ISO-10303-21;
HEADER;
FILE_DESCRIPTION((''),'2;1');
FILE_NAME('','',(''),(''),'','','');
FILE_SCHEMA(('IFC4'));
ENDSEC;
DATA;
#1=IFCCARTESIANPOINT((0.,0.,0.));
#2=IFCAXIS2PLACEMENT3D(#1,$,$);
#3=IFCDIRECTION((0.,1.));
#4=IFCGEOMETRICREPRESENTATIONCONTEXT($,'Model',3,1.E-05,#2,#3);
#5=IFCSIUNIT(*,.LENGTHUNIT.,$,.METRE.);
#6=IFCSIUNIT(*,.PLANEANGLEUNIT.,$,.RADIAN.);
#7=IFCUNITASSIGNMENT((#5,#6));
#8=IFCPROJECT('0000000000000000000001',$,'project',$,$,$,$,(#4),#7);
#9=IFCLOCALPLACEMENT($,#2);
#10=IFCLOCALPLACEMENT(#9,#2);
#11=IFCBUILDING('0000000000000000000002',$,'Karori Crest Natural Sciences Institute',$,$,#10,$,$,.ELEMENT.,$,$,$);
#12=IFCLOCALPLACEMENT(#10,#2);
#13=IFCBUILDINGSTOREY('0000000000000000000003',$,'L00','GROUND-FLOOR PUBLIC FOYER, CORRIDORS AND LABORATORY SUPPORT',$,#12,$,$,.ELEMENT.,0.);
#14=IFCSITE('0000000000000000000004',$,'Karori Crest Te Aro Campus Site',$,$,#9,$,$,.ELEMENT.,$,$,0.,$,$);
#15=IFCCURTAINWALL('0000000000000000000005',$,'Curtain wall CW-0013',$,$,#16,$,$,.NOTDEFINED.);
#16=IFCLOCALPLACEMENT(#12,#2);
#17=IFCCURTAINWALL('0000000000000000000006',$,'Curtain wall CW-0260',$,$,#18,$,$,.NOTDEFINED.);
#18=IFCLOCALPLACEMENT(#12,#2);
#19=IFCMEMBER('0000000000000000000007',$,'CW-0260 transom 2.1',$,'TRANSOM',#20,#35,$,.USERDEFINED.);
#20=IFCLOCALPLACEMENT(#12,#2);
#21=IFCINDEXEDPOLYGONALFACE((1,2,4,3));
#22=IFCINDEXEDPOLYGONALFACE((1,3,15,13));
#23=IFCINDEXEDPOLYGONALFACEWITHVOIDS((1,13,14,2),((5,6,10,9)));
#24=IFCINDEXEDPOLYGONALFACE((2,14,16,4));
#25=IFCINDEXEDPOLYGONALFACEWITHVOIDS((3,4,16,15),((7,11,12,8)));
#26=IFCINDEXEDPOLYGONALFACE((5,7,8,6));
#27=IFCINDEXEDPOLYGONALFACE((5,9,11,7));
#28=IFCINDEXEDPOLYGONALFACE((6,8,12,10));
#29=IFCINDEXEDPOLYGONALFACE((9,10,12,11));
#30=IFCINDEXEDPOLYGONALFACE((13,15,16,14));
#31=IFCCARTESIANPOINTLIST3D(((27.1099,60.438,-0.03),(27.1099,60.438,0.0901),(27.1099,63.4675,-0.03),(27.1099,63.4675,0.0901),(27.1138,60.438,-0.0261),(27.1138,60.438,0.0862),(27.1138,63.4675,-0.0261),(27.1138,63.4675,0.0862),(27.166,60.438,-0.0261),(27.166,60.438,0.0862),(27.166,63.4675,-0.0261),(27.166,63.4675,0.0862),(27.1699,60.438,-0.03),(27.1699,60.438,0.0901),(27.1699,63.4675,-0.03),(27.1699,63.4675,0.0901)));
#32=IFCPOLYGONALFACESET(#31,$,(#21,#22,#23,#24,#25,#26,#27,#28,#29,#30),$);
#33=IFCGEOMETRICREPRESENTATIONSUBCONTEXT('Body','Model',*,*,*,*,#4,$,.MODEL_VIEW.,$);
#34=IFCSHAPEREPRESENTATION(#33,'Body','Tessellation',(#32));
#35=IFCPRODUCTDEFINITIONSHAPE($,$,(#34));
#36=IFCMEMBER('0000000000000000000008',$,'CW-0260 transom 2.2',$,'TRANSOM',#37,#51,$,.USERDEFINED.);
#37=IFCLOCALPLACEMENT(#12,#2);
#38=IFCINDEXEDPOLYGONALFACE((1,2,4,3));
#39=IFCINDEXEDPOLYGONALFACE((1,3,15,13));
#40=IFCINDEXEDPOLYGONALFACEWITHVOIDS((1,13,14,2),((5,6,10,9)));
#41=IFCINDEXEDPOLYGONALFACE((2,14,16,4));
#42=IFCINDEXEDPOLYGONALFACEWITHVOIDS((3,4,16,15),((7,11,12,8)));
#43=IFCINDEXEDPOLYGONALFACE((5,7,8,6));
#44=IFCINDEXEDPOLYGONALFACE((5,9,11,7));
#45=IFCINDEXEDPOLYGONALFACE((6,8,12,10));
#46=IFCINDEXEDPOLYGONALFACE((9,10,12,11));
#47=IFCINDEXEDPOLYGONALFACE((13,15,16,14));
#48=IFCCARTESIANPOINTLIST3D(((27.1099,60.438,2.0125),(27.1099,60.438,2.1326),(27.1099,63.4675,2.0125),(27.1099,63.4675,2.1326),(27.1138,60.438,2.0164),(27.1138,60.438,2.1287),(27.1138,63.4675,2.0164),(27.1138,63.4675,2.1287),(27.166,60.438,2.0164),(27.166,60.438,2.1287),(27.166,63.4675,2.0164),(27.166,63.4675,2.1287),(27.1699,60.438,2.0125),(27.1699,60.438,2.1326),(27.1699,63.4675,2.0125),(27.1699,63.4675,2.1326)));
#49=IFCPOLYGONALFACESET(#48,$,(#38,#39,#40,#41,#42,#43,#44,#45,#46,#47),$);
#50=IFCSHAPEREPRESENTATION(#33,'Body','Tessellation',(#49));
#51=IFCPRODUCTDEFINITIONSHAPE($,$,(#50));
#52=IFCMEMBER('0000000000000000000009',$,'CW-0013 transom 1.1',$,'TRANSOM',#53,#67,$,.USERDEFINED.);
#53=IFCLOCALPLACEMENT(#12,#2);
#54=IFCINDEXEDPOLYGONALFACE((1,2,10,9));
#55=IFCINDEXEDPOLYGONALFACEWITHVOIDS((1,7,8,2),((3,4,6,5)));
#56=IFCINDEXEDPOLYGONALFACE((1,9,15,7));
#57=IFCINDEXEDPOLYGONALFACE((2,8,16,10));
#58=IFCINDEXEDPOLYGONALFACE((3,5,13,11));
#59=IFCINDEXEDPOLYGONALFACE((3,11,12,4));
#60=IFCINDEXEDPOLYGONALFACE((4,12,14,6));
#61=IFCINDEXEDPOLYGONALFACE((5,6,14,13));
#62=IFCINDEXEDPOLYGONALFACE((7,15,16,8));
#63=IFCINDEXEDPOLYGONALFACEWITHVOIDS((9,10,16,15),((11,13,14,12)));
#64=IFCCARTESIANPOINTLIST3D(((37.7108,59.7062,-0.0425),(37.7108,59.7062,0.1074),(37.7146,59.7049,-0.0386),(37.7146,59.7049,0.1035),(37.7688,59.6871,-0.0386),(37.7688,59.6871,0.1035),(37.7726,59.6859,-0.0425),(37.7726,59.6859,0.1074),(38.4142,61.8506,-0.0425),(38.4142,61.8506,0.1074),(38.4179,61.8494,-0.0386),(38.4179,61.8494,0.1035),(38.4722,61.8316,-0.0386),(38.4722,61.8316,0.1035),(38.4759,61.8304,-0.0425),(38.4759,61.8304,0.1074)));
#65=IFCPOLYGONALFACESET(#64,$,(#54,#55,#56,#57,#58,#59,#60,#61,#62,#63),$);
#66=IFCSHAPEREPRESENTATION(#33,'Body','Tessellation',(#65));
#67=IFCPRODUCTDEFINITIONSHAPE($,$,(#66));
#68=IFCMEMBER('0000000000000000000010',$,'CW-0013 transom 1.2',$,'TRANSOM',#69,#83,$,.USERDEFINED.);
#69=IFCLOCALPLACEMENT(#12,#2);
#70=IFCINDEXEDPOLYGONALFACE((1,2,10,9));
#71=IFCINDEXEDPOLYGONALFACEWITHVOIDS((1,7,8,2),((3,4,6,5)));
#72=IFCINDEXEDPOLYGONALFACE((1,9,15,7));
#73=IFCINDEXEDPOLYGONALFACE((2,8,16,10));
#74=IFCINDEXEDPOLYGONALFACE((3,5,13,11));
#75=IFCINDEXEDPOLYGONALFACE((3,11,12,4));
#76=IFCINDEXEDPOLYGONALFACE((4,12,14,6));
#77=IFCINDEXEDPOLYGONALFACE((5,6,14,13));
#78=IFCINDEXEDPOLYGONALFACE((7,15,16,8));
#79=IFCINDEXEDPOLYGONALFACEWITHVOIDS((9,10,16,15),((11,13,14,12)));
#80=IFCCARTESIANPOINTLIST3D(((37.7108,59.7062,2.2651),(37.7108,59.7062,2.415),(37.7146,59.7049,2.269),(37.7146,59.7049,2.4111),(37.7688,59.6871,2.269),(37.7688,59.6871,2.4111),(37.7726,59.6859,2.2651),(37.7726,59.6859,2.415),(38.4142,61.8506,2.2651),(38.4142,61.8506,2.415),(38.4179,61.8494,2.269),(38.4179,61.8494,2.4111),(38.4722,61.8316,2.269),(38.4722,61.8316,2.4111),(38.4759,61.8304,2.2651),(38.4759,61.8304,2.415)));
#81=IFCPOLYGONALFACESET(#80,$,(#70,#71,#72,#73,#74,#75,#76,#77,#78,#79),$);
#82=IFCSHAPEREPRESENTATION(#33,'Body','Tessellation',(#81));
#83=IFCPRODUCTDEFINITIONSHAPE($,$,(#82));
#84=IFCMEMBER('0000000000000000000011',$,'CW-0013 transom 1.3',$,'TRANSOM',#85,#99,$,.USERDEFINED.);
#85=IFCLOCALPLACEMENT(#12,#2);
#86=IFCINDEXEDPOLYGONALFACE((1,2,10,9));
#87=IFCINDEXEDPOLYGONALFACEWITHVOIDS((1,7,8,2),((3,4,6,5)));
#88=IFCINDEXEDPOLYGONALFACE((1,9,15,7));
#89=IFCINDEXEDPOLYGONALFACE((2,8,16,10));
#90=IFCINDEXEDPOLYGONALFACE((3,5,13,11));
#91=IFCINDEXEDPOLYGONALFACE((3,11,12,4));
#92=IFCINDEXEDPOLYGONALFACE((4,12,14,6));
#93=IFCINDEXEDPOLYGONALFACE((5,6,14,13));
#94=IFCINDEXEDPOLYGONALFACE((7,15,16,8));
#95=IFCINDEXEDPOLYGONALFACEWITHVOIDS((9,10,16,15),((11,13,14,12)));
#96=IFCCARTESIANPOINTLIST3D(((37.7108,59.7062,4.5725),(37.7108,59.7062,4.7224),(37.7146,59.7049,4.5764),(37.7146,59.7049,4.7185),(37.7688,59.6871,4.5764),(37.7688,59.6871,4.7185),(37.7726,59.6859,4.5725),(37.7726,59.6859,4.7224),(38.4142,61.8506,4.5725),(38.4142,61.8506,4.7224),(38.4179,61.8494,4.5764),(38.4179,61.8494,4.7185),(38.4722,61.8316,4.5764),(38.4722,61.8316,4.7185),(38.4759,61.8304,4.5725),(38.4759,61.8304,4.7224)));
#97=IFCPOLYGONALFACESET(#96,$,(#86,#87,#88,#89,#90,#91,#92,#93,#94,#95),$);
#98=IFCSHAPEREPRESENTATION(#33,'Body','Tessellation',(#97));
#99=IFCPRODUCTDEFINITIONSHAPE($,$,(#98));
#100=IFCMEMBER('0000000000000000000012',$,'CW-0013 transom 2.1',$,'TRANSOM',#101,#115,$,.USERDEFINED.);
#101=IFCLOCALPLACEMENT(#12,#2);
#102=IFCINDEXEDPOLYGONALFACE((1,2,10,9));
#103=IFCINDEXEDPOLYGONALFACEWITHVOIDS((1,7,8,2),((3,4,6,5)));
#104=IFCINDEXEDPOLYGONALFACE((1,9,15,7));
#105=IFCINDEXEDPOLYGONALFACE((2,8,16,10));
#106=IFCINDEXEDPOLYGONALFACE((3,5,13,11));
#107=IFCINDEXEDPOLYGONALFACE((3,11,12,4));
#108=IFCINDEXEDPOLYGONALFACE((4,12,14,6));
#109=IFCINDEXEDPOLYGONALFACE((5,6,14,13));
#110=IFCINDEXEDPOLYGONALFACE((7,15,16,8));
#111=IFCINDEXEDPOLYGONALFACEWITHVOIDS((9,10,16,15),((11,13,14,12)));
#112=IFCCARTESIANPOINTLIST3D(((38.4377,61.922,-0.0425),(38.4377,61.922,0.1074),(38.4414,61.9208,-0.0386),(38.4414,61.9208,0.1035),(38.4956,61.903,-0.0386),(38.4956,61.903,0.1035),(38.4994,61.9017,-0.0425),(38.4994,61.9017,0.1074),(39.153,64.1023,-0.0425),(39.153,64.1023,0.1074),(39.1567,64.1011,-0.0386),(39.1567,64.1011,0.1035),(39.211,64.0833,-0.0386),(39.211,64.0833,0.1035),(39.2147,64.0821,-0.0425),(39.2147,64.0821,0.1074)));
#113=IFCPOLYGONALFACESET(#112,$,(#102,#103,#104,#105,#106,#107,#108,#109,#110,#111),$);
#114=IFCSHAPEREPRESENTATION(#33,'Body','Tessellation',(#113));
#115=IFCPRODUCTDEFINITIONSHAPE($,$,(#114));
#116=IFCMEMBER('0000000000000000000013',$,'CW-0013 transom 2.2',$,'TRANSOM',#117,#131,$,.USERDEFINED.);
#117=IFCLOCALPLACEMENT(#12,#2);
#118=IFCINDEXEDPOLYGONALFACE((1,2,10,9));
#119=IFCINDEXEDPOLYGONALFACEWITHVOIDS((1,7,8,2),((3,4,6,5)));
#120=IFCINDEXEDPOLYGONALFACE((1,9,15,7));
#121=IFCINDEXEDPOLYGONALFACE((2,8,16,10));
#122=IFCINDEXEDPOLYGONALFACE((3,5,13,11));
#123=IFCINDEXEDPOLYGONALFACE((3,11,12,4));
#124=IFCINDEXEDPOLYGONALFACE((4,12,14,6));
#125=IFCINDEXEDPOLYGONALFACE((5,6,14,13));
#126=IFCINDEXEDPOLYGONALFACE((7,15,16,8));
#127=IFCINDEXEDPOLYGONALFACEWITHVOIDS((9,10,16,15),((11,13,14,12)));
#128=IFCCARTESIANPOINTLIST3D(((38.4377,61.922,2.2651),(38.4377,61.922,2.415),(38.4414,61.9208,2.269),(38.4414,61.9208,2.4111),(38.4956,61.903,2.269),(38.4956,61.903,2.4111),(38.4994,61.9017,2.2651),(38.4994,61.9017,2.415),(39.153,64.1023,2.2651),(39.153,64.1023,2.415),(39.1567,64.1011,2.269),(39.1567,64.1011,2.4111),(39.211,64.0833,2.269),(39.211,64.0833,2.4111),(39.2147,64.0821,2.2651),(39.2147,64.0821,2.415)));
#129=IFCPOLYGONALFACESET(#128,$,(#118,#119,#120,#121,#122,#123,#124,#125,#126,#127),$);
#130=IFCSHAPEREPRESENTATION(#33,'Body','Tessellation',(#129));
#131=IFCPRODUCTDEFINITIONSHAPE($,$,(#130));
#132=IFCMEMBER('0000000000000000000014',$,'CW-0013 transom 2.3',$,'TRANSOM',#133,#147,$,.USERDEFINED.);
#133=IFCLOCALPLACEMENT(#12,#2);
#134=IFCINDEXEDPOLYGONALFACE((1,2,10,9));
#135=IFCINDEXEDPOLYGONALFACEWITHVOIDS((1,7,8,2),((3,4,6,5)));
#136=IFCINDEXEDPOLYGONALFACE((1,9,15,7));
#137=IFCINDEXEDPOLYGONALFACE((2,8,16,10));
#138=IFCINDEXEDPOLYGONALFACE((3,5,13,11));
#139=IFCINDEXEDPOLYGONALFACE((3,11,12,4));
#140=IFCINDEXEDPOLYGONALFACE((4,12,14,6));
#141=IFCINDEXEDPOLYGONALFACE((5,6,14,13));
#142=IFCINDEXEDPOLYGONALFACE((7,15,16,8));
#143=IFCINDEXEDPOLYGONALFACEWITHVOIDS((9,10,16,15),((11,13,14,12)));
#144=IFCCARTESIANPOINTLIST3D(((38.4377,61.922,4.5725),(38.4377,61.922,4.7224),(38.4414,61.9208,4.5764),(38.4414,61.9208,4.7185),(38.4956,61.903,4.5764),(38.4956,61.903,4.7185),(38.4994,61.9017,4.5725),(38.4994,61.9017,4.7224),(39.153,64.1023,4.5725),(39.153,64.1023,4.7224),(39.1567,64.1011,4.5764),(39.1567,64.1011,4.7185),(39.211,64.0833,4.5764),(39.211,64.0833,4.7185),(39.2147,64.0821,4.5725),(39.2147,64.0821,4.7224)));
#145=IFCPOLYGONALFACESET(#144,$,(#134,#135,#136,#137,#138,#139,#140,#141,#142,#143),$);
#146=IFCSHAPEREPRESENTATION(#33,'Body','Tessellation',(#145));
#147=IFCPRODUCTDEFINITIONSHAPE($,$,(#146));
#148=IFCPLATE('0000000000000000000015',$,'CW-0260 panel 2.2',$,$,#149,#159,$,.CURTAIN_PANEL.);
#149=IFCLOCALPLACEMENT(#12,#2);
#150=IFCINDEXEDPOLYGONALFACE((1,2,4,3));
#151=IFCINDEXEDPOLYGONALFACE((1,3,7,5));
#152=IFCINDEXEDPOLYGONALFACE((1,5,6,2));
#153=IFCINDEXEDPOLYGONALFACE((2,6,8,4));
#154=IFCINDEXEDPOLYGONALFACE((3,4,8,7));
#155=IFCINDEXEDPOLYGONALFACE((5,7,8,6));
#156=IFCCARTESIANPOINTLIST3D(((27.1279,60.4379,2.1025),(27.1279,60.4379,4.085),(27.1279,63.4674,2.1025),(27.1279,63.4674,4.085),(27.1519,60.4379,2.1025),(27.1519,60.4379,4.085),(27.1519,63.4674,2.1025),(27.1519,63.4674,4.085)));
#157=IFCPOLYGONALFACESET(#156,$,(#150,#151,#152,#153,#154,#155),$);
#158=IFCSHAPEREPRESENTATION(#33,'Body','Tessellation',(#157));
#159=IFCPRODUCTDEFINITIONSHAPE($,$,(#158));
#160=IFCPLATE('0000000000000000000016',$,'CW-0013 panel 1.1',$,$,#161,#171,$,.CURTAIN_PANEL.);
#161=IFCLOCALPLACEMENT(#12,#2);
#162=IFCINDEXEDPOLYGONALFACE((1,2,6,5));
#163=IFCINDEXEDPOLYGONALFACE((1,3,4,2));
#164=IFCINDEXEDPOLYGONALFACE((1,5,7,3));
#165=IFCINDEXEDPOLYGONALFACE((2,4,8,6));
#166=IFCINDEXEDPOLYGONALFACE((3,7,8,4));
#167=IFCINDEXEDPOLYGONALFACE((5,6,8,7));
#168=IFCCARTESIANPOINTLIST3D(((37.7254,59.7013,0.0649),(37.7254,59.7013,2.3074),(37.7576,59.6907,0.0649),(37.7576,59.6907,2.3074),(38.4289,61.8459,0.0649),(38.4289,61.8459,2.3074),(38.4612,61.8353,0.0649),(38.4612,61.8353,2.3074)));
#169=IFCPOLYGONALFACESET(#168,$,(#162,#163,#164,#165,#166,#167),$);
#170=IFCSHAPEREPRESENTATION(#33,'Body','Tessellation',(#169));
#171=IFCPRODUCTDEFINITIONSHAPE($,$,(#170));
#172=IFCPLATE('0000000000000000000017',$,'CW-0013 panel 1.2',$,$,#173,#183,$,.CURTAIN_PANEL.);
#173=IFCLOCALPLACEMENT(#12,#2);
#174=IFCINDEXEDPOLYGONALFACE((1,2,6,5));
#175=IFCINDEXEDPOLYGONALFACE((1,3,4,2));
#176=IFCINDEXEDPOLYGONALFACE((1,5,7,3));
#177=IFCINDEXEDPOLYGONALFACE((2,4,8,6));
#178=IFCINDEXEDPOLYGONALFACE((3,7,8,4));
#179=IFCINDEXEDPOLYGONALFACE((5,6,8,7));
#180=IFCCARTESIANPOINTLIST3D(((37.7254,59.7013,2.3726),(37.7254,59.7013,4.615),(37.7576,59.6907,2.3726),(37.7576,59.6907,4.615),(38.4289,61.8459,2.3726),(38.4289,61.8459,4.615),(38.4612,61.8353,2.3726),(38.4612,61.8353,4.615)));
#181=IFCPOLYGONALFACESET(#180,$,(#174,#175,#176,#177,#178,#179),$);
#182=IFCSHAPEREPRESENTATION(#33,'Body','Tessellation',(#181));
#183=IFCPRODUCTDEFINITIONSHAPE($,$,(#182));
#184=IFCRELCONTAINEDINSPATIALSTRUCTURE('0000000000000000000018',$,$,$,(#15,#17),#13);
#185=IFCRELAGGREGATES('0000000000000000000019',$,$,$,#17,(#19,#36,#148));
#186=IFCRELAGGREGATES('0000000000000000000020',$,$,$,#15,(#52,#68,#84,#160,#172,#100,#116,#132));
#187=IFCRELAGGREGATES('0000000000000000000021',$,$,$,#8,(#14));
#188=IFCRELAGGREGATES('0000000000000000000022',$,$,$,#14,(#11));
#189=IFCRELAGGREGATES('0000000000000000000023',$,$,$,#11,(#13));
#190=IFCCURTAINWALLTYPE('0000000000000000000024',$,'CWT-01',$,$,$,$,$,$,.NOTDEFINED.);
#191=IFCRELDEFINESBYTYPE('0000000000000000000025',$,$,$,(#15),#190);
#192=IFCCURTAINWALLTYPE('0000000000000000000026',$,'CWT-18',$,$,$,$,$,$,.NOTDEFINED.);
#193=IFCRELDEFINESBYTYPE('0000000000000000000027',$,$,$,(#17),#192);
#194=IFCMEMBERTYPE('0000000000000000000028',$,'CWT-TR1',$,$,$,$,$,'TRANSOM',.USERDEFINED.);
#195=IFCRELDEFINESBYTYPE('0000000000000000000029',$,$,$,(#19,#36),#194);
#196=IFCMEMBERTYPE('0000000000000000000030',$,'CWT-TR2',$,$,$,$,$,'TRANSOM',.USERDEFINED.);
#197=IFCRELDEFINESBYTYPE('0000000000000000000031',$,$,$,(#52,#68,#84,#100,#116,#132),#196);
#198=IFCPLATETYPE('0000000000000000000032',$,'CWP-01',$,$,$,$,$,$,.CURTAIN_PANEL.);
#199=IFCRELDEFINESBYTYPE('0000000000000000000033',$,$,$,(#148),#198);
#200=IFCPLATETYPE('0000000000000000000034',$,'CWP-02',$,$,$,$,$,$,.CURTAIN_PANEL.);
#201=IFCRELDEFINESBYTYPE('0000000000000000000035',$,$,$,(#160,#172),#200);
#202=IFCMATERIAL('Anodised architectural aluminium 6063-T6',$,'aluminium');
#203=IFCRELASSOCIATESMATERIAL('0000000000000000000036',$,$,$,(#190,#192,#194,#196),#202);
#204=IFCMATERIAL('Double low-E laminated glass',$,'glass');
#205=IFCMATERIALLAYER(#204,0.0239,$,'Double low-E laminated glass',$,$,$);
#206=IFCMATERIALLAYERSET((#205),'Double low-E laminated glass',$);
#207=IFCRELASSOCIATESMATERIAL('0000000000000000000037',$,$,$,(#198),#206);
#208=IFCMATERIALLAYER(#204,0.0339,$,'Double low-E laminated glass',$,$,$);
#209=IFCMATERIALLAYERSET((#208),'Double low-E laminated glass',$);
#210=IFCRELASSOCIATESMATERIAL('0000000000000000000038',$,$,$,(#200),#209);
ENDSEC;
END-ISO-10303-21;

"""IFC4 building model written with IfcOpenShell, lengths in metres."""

from ifc_helpers import new_model, si_unit, direction, frame, origin, origin_2d, place, context, subcontext, project, spatial, rectangle, hollow_rectangle, extrude, material, layer, layer_set, material_profile, profile_set, type_object, element, aggregate, save


model = new_model("IFC4")

# Units and contexts
model_context = context("Model", 3, precision=1e-05, world=origin(), true_north=direction((0.0, 1.0)))
body_context = subcontext(model_context, "Body", "Model", "MODEL_VIEW")
ifc_project = project(units=[si_unit("LENGTHUNIT", "METRE"), si_unit("PLANEANGLEUNIT", "RADIAN")], contexts=[model_context])

# Site, building, storey
site_placement = place(None, origin())
site = spatial("IfcSite", under=ifc_project, at=site_placement, Name="Karori Crest Te Aro Campus Site", CompositionType="ELEMENT", RefElevation=0.0)
building_placement = place(site_placement, origin())
building = spatial("IfcBuilding", under=site, at=building_placement, Name="Karori Crest Natural Sciences Institute", CompositionType="ELEMENT")
storey_placement = place(building_placement, origin())
storey = spatial("IfcBuildingStorey", under=building, at=storey_placement, Name="L00", Description="GROUND-FLOOR PUBLIC FOYER, CORRIDORS AND LABORATORY SUPPORT", CompositionType="ELEMENT", Elevation=0.0)

# Curtain walls, members
ifc_material_1 = material(Name="Anodised architectural aluminium 6063-T6", Category="aluminium")
curtain_wall_type_1 = type_object("IfcCurtainWallType", Name="CWT-01", PredefinedType="NOTDEFINED", material=ifc_material_1)
curtain_wall_1_placement = place(storey_placement, origin())
curtain_wall_1 = element("IfcCurtainWall", 1, at=curtain_wall_1_placement, inside=storey, type_object=curtain_wall_type_1, Name="Curtain wall CW-0013", PredefinedType="NOTDEFINED")
ifc_material_profile_1 = material_profile(ifc_material_1, hollow_rectangle(XDim=0.0601, YDim=0.1201, WallThickness=0.0039, at=origin_2d()), Name="CWT120x60x4")
ifc_profile_set_1 = profile_set([ifc_material_profile_1], Name="Anodised architectural aluminium 6063-T6")
member_type_1 = type_object("IfcMemberType", Name="CWT-TR1", ElementType="TRANSOM", PredefinedType="USERDEFINED", material=ifc_profile_set_1)
curtain_wall_type_2 = type_object("IfcCurtainWallType", Name="CWT-18", PredefinedType="NOTDEFINED", material=ifc_material_1)
curtain_wall_2_placement = place(storey_placement, origin())
curtain_wall_2 = element("IfcCurtainWall", 2, at=curtain_wall_2_placement, inside=storey, type_object=curtain_wall_type_2, Name="Curtain wall CW-0260", PredefinedType="NOTDEFINED")
member_1_placement = place(storey_placement, frame((27.1399, 63.4675, 0.03), z_axis=(0.0, -1.0, 0.0), x_axis=(1.0, 0.0, 0.0)))
member_1 = element("IfcMember", 3, at=member_1_placement, type_object=member_type_1, Name="CW-0260 transom 2.1", ObjectType="TRANSOM", PredefinedType="USERDEFINED", context=body_context, shape_type="SweptSolid", body=[
    extrude(hollow_rectangle(XDim=0.0601, YDim=0.1201, WallThickness=0.0039, at=origin_2d()), origin(), (0.0, 0.0, 1.0), 3.0295),
])
member_2_placement = place(storey_placement, frame((27.1399, 63.4675, 2.0725), z_axis=(0.0, -1.0, 0.0), x_axis=(1.0, 0.0, 0.0)))
member_2 = element("IfcMember", 4, at=member_2_placement, type_object=member_type_1, Name="CW-0260 transom 2.2", ObjectType="TRANSOM", PredefinedType="USERDEFINED", context=body_context, shape_type="SweptSolid", body=[
    extrude(hollow_rectangle(XDim=0.0601, YDim=0.1201, WallThickness=0.0039, at=origin_2d()), origin(), (0.0, 0.0, 1.0), 3.0295),
])

# Members
ifc_material_profile_2 = material_profile(ifc_material_1, hollow_rectangle(XDim=0.0649, YDim=0.1499, WallThickness=0.0039, at=origin_2d()), Name="CWT150x65x4")
ifc_profile_set_2 = profile_set([ifc_material_profile_2], Name="Anodised architectural aluminium 6063-T6")
member_type_2 = type_object("IfcMemberType", Name="CWT-TR2", ElementType="TRANSOM", PredefinedType="USERDEFINED", material=ifc_profile_set_2)
member_3_placement = place(storey_placement, frame((37.7417, 59.696, 0.0325), z_axis=(0.311648, 0.950198, 0.0), x_axis=(-0.950198, 0.311648, 0.0)))
member_3 = element("IfcMember", 5, at=member_3_placement, type_object=member_type_2, Name="CW-0013 transom 1.1", ObjectType="TRANSOM", PredefinedType="USERDEFINED", context=body_context, shape_type="SweptSolid", body=[
    extrude(hollow_rectangle(XDim=0.0649, YDim=0.1499, WallThickness=0.0039, at=origin_2d()), origin(), (0.0, 0.0, 1.0), 2.2568),
])
member_4_placement = place(storey_placement, frame((37.7417, 59.696, 2.3401), z_axis=(0.311648, 0.950198, 0.0), x_axis=(-0.950198, 0.311648, 0.0)))
member_4 = element("IfcMember", 6, at=member_4_placement, type_object=member_type_2, Name="CW-0013 transom 1.2", ObjectType="TRANSOM", PredefinedType="USERDEFINED", context=body_context, shape_type="SweptSolid", body=[
    extrude(hollow_rectangle(XDim=0.0649, YDim=0.1499, WallThickness=0.0039, at=origin_2d()), origin(), (0.0, 0.0, 1.0), 2.2568),
])
member_5_placement = place(storey_placement, frame((37.7417, 59.696, 4.6475), z_axis=(0.311648, 0.950198, 0.0), x_axis=(-0.950198, 0.311648, 0.0)))
member_5 = element("IfcMember", 7, at=member_5_placement, type_object=member_type_2, Name="CW-0013 transom 1.3", ObjectType="TRANSOM", PredefinedType="USERDEFINED", context=body_context, shape_type="SweptSolid", body=[
    extrude(hollow_rectangle(XDim=0.0649, YDim=0.1499, WallThickness=0.0039, at=origin_2d()), origin(), (0.0, 0.0, 1.0), 2.2568),
])
member_6_placement = place(storey_placement, frame((38.4685, 61.9119, 0.0325), z_axis=(0.311724, 0.950173, 0.0), x_axis=(-0.950173, 0.311724, 0.0)))
member_6 = element("IfcMember", 8, at=member_6_placement, type_object=member_type_2, Name="CW-0013 transom 2.1", ObjectType="TRANSOM", PredefinedType="USERDEFINED", context=body_context, shape_type="SweptSolid", body=[
    extrude(hollow_rectangle(XDim=0.0649, YDim=0.1499, WallThickness=0.0039, at=origin_2d()), origin(), (0.0, 0.0, 1.0), 2.2947),
])
member_7_placement = place(storey_placement, frame((38.4685, 61.9119, 2.3401), z_axis=(0.311724, 0.950173, 0.0), x_axis=(-0.950173, 0.311724, 0.0)))
member_7 = element("IfcMember", 9, at=member_7_placement, type_object=member_type_2, Name="CW-0013 transom 2.2", ObjectType="TRANSOM", PredefinedType="USERDEFINED", context=body_context, shape_type="SweptSolid", body=[
    extrude(hollow_rectangle(XDim=0.0649, YDim=0.1499, WallThickness=0.0039, at=origin_2d()), origin(), (0.0, 0.0, 1.0), 2.2947),
])
member_8_placement = place(storey_placement, frame((38.4685, 61.9119, 4.6475), z_axis=(0.311724, 0.950173, 0.0), x_axis=(-0.950173, 0.311724, 0.0)))
member_8 = element("IfcMember", 10, at=member_8_placement, type_object=member_type_2, Name="CW-0013 transom 2.3", ObjectType="TRANSOM", PredefinedType="USERDEFINED", context=body_context, shape_type="SweptSolid", body=[
    extrude(hollow_rectangle(XDim=0.0649, YDim=0.1499, WallThickness=0.0039, at=origin_2d()), origin(), (0.0, 0.0, 1.0), 2.2947),
])

# Plates
ifc_material_2 = material(Name="Double low-E laminated glass", Category="glass")
ifc_layer_1 = layer(ifc_material_2, 0.0239, Name="Double low-E laminated glass")
ifc_layer_set_1 = layer_set([ifc_layer_1], Name="Double low-E laminated glass")
plate_type_1 = type_object("IfcPlateType", Name="CWP-01", PredefinedType="CURTAIN_PANEL", material=ifc_layer_set_1)
plate_1_placement = place(storey_placement, frame((27.1399, 61.9526, 2.1025), z_axis=(0.0, 0.0, 1.0), x_axis=(0.0, -1.0, 0.0)))
plate_1 = element("IfcPlate", 11, at=plate_1_placement, type_object=plate_type_1, Name="CW-0260 panel 2.2", PredefinedType="CURTAIN_PANEL", context=body_context, shape_type="SweptSolid", body=[
    extrude(rectangle(XDim=3.0295, YDim=0.0239, at=origin_2d()), origin(), (0.0, 0.0, 1.0), 1.9824),
])
aggregate(curtain_wall_2, [member_1, member_2, plate_1])
ifc_layer_2 = layer(ifc_material_2, 0.0339, Name="Double low-E laminated glass")
ifc_layer_set_2 = layer_set([ifc_layer_2], Name="Double low-E laminated glass")
plate_type_2 = type_object("IfcPlateType", Name="CWP-02", PredefinedType="CURTAIN_PANEL", material=ifc_layer_set_2)
plate_2_placement = place(storey_placement, frame((38.0933, 60.7683, 0.0649), z_axis=(0.0, 0.0, 1.0), x_axis=(0.311714, 0.950176, 0.0)))
plate_2 = element("IfcPlate", 12, at=plate_2_placement, type_object=plate_type_2, Name="CW-0013 panel 1.1", PredefinedType="CURTAIN_PANEL", context=body_context, shape_type="SweptSolid", body=[
    extrude(rectangle(XDim=2.2571, YDim=0.0339, at=origin_2d()), origin(), (0.0, 0.0, 1.0), 2.2424),
])
plate_3_placement = place(storey_placement, frame((38.0933, 60.7683, 2.3726), z_axis=(0.0, 0.0, 1.0), x_axis=(0.311714, 0.950176, 0.0)))
plate_3 = element("IfcPlate", 13, at=plate_3_placement, type_object=plate_type_2, Name="CW-0013 panel 1.2", PredefinedType="CURTAIN_PANEL", context=body_context, shape_type="SweptSolid", body=[
    extrude(rectangle(XDim=2.2571, YDim=0.0339, at=origin_2d()), origin(), (0.0, 0.0, 1.0), 2.2424),
])
aggregate(curtain_wall_1, [member_3, member_4, member_5, plate_2, plate_3, member_6, member_7, member_8])

save(model, "model.ifc")
